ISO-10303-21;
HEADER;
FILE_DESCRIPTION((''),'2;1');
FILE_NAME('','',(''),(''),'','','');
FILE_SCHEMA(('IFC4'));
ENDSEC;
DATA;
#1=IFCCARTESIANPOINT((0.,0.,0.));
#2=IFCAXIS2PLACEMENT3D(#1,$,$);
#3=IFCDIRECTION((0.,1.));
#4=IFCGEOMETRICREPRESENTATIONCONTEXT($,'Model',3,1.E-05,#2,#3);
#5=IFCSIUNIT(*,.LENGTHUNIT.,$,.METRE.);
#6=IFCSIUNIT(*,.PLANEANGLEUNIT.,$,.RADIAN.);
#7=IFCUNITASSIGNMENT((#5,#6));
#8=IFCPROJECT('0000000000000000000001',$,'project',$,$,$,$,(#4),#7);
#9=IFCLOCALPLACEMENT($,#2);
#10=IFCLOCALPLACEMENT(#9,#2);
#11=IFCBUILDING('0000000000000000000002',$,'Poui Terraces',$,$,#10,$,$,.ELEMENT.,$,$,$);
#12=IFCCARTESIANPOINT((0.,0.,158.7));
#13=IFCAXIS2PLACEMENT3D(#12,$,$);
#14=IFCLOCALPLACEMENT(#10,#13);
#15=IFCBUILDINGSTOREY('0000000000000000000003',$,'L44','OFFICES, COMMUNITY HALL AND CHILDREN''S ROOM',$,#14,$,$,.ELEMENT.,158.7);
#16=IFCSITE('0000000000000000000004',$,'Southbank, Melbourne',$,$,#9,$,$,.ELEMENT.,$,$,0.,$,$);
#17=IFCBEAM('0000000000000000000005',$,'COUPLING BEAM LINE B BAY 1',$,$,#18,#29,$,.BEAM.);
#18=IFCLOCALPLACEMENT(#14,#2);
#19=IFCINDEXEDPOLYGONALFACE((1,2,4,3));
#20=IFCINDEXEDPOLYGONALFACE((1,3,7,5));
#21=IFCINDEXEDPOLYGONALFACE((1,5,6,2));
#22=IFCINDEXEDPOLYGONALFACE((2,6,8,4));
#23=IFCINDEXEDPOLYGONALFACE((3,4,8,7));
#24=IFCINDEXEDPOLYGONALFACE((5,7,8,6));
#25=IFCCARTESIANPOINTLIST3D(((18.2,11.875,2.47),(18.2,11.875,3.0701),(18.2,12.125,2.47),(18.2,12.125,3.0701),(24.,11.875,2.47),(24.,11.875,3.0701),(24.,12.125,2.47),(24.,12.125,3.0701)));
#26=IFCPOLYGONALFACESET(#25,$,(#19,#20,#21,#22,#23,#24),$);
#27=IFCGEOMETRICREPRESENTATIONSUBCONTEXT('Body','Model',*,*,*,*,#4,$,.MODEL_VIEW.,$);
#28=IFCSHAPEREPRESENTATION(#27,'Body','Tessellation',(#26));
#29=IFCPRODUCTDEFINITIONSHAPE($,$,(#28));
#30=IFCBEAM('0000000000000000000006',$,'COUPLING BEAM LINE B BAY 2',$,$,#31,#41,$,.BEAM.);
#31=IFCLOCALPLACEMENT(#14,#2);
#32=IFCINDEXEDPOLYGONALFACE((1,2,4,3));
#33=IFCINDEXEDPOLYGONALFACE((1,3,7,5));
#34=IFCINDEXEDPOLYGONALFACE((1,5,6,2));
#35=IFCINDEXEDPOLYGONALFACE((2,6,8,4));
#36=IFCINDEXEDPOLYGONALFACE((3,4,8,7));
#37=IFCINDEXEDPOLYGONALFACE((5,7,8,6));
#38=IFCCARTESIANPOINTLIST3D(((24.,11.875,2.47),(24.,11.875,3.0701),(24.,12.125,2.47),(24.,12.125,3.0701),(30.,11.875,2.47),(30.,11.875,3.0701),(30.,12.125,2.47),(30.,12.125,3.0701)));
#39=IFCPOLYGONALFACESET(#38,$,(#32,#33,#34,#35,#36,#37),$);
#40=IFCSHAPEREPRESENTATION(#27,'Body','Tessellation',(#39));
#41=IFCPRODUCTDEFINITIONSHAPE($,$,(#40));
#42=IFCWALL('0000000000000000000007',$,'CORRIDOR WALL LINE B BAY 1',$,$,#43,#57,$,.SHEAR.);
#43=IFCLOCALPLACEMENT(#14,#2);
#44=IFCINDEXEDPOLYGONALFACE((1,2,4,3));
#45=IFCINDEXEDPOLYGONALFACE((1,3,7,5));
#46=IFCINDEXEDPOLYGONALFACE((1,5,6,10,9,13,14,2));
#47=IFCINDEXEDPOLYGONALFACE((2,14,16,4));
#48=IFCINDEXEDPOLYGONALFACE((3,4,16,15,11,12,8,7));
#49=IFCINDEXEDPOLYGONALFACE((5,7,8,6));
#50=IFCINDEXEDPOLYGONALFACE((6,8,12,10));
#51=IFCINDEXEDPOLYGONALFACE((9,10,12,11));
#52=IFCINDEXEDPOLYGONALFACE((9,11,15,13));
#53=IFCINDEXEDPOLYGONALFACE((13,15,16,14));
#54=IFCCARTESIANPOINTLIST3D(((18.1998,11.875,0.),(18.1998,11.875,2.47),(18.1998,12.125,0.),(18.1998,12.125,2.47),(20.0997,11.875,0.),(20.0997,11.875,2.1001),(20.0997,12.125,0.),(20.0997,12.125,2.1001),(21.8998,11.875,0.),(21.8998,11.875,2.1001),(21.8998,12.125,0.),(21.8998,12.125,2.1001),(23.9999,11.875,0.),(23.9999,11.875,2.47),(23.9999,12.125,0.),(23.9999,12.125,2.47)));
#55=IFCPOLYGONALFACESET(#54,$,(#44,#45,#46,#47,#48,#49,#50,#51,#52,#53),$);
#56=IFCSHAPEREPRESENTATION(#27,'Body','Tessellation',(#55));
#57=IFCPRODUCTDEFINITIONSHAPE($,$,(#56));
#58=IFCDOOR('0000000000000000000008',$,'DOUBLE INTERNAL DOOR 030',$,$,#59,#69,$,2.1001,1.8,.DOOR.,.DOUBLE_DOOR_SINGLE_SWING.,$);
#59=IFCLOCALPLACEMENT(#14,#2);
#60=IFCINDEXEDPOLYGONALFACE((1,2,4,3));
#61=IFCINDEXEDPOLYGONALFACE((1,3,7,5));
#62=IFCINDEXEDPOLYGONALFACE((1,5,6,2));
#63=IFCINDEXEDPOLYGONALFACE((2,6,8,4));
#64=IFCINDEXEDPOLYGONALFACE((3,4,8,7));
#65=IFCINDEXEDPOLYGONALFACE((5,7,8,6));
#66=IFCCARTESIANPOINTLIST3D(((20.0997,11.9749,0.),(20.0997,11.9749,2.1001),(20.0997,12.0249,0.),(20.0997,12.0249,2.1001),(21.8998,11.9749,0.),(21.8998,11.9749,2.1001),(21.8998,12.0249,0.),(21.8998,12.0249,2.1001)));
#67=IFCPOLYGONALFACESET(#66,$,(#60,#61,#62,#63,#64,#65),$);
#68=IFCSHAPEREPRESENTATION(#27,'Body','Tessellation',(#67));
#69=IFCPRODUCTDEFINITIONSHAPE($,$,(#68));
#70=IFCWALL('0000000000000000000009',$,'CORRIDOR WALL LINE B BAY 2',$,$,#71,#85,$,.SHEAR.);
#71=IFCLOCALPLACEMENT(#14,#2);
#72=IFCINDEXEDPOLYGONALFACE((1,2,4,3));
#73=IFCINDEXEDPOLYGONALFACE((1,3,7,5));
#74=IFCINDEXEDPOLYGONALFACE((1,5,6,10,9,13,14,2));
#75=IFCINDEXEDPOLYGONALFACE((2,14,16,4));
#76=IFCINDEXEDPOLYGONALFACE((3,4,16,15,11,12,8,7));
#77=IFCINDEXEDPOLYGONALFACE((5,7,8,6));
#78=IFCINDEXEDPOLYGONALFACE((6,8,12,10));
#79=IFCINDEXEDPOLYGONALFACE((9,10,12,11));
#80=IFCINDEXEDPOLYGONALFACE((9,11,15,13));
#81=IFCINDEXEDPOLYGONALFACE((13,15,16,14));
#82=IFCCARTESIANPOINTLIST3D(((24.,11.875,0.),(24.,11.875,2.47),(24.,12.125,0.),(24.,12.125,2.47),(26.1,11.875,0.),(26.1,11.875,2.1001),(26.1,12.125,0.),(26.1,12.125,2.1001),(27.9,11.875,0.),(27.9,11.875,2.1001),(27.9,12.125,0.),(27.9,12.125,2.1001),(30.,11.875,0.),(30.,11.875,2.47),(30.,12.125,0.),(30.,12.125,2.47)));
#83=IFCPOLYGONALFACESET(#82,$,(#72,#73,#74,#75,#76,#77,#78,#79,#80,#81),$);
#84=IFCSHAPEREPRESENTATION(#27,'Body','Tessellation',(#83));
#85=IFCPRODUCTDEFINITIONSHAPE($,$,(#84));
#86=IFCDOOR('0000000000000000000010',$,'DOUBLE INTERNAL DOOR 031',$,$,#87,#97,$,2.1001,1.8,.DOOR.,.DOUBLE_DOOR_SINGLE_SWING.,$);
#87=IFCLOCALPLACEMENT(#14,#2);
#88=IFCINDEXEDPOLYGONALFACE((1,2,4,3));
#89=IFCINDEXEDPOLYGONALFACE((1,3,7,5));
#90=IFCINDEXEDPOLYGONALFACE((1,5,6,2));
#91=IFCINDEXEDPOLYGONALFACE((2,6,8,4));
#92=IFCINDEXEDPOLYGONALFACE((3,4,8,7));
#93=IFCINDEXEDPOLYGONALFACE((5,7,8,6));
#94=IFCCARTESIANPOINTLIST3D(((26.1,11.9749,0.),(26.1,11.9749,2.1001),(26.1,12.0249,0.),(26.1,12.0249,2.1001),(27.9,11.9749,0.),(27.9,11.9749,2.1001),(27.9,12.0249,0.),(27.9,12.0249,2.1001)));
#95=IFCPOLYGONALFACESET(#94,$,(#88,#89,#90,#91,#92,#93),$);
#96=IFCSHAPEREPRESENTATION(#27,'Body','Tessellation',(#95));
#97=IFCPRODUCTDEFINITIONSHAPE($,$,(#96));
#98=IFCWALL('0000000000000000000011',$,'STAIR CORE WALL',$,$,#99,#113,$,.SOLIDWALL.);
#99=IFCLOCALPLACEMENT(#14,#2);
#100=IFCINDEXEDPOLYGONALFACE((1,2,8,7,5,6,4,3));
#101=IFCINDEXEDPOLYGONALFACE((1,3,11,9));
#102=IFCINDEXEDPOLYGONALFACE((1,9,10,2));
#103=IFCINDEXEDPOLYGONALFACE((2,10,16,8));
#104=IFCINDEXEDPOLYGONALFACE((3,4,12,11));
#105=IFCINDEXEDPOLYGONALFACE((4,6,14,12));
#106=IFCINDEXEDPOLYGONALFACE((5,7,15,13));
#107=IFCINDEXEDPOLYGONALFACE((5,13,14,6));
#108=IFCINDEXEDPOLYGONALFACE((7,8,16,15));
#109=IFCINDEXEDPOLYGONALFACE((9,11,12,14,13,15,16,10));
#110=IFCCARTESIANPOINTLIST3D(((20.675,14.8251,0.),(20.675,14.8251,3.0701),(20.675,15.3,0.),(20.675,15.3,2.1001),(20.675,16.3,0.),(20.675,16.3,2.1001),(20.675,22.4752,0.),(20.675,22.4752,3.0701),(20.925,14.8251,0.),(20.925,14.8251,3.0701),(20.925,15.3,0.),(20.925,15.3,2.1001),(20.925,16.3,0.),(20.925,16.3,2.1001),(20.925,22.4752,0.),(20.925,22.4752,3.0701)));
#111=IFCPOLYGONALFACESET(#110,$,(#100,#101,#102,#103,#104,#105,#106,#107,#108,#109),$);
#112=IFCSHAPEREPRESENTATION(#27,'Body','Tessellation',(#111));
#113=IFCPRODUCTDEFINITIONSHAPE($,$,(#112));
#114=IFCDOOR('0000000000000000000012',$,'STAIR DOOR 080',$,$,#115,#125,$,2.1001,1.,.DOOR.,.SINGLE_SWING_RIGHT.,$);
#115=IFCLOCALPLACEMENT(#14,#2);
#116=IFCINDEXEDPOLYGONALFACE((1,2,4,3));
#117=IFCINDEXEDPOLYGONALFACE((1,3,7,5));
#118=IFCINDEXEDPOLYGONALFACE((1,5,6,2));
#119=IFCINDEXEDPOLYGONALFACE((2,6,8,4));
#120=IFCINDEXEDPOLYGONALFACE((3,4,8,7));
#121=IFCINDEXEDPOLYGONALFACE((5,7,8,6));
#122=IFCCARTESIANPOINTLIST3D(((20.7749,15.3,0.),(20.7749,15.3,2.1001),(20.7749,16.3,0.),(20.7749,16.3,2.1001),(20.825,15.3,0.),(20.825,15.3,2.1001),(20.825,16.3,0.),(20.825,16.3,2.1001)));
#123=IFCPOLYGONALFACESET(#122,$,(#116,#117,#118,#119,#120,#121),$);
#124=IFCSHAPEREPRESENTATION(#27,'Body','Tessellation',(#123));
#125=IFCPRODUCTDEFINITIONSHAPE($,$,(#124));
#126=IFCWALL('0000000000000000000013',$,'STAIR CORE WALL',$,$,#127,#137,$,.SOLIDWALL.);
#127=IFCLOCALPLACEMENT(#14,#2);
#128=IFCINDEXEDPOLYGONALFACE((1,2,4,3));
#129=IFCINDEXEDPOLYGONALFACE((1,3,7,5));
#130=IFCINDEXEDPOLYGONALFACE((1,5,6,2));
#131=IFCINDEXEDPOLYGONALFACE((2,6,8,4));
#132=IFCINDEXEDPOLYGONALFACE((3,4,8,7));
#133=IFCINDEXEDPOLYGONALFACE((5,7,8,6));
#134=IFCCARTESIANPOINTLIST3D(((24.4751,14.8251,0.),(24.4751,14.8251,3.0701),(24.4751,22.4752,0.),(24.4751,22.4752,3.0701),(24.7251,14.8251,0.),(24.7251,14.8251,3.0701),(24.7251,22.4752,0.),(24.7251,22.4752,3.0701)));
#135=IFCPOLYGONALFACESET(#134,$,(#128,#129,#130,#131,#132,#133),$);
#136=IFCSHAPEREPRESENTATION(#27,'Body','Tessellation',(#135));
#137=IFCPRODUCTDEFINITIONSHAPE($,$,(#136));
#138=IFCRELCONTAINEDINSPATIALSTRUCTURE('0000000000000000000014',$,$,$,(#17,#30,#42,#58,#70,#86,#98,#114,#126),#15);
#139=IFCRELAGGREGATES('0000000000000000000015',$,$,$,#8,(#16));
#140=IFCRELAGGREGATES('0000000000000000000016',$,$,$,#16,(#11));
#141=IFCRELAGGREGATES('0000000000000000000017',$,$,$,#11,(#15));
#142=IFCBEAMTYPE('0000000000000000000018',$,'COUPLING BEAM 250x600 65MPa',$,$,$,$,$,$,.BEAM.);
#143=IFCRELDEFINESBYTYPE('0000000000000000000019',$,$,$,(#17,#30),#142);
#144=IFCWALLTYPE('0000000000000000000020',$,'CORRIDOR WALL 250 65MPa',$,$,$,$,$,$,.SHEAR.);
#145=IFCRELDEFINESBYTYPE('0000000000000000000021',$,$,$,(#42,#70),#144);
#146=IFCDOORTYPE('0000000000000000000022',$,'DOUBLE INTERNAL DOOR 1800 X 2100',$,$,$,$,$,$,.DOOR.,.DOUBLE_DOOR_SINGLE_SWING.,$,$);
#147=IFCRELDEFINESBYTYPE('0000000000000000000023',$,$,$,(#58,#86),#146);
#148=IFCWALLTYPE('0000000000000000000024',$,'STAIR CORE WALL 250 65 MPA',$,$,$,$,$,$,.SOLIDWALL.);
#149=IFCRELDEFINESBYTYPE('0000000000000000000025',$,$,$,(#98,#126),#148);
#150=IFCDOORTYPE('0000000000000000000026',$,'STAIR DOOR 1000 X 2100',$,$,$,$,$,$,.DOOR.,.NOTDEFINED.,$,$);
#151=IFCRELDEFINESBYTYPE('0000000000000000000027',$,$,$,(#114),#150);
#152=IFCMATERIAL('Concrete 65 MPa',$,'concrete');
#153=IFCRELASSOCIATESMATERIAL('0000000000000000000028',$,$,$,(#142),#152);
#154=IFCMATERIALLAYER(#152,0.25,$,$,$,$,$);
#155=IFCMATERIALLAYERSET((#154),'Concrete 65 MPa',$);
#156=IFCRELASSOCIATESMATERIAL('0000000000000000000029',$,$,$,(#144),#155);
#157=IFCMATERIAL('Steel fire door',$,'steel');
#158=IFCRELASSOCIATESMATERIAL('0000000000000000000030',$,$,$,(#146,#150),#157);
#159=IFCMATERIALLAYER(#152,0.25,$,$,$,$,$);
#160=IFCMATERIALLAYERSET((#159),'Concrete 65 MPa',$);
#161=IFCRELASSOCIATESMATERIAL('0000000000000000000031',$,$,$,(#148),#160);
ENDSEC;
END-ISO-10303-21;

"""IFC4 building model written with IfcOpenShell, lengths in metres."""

from ifc_helpers import new_model, si_unit, direction, frame, frame_2d, origin, origin_2d, place, context, subcontext, project, spatial, rectangle, extrude, source, transform, mapped, material, layer, layer_set, material_profile, profile_set, type_object, element, fill, save


model = new_model("IFC4")

# Units and contexts
model_context = context("Model", 3, precision=1e-05, world=origin(), true_north=direction((0.0, 1.0)))
body_context = subcontext(model_context, "Body", "Model", "MODEL_VIEW")
ifc_project = project(units=[si_unit("LENGTHUNIT", "METRE"), si_unit("PLANEANGLEUNIT", "RADIAN")], contexts=[model_context])

# Site, building, storey
site_placement = place(None, origin())
site = spatial("IfcSite", under=ifc_project, at=site_placement, Name="Southbank, Melbourne", CompositionType="ELEMENT", RefElevation=0.0)
building_placement = place(site_placement, origin())
building = spatial("IfcBuilding", under=site, at=building_placement, Name="Poui Terraces", CompositionType="ELEMENT")
storey_placement = place(building_placement, frame((0.0, 0.0, 158.7)))
storey = spatial("IfcBuildingStorey", under=building, at=storey_placement, Name="L44", Description="OFFICES, COMMUNITY HALL AND CHILDREN'S ROOM", CompositionType="ELEMENT", Elevation=158.7)

# Beams
ifc_material_1 = material(Name="Concrete 65 MPa", Category="concrete")
ifc_material_profile = material_profile(ifc_material_1, rectangle(XDim=0.25, YDim=0.6001, at=origin_2d()), Name="RC 250x600")
ifc_profile_set = profile_set([ifc_material_profile], Name="Concrete 65 MPa")
beam_type = type_object("IfcBeamType", Name="COUPLING BEAM 250x600 65MPa", PredefinedType="BEAM", material=ifc_profile_set)
shared_shape_1 = source(origin(), body_context, "Body", "SweptSolid", [
    extrude(rectangle(XDim=0.25, YDim=0.6001, at=origin_2d()), origin(), (0.0, 0.0, 1.0), 5.8),
])
beam_1_placement = place(storey_placement, frame((18.2, 12.0, 2.77), z_axis=(1.0, 0.0, 0.0), x_axis=(0.0, 1.0, 0.0)))
element("IfcBeam", 1, at=beam_1_placement, inside=storey, type_object=beam_type, Name="COUPLING BEAM LINE B BAY 1", PredefinedType="BEAM", context=body_context, shape_type="MappedRepresentation", body=[
    mapped(shared_shape_1, transform((0.0, 0.0, 0.0))),
])
shared_shape_2 = source(origin(), body_context, "Body", "SweptSolid", [
    extrude(rectangle(XDim=0.25, YDim=0.6001, at=origin_2d()), origin(), (0.0, 0.0, 1.0), 6.0),
])
beam_2_placement = place(storey_placement, frame((24.0, 12.0, 2.77), z_axis=(1.0, 0.0, 0.0), x_axis=(0.0, 1.0, 0.0)))
element("IfcBeam", 2, at=beam_2_placement, inside=storey, type_object=beam_type, Name="COUPLING BEAM LINE B BAY 2", PredefinedType="BEAM", context=body_context, shape_type="MappedRepresentation", body=[
    mapped(shared_shape_2, transform((0.0, 0.0, 0.0))),
])

# Walls, openings, doors
ifc_layer_1 = layer(ifc_material_1, 0.25)
ifc_layer_set_1 = layer_set([ifc_layer_1], Name="Concrete 65 MPa")
wall_type_1 = type_object("IfcWallType", Name="CORRIDOR WALL 250 65MPa", PredefinedType="SHEAR", material=ifc_layer_set_1)
wall_1_placement = place(storey_placement, frame((18.2, 12.0, 0.0), z_axis=(0.0, 0.0, 1.0), x_axis=(1.0, 0.0, 0.0)))
wall_1 = element("IfcWall", 3, at=wall_1_placement, inside=storey, type_object=wall_type_1, Name="CORRIDOR WALL LINE B BAY 1", PredefinedType="SHEAR", context=body_context, shape_type="SweptSolid", body=[
    extrude(rectangle(XDim=5.8, YDim=0.25, at=frame_2d((2.8999, 0.0))), origin(), (0.0, 0.0, 1.0), 2.47),
])
opening_1_placement = place(wall_1_placement, frame((1.8999, 0.0, 0.0)))
opening_1 = element("IfcOpeningElement", 4, at=opening_1_placement, cuts=wall_1, PredefinedType="OPENING", context=body_context, shape_type="SweptSolid", body=[
    extrude(rectangle(XDim=1.8, YDim=2.1001, at=frame_2d((0.8999, 1.05))), frame((0.0, 0.135, 0.0), z_axis=(0.0, -1.0, 0.0), x_axis=(1.0, 0.0, 0.0)), (0.0, 0.0, 1.0), 0.27),
])
ifc_material_2 = material(Name="Steel fire door", Category="steel")
door_type_1 = type_object("IfcDoorType", Name="DOUBLE INTERNAL DOOR 1800 X 2100", OperationType="DOUBLE_DOOR_SINGLE_SWING", PredefinedType="DOOR", material=ifc_material_2)
door_1_placement = place(opening_1_placement, origin())
door_1 = element("IfcDoor", 5, at=door_1_placement, inside=storey, type_object=door_type_1, Name="DOUBLE INTERNAL DOOR 030", OperationType="DOUBLE_DOOR_SINGLE_SWING", OverallHeight=2.1001, OverallWidth=1.8, PredefinedType="DOOR", context=body_context, shape_type="SweptSolid", body=[
    extrude(rectangle(XDim=1.8, YDim=2.1001, at=frame_2d((0.8999, 1.05))), frame((0.0, 0.0249, 0.0), z_axis=(0.0, -1.0, 0.0), x_axis=(1.0, 0.0, 0.0)), (0.0, 0.0, 1.0), 0.05),
])
fill(opening_1, door_1)
wall_2_placement = place(storey_placement, frame((24.0, 12.0, 0.0), z_axis=(0.0, 0.0, 1.0), x_axis=(1.0, 0.0, 0.0)))
wall_2 = element("IfcWall", 6, at=wall_2_placement, inside=storey, type_object=wall_type_1, Name="CORRIDOR WALL LINE B BAY 2", PredefinedType="SHEAR", context=body_context, shape_type="SweptSolid", body=[
    extrude(rectangle(XDim=6.0, YDim=0.25, at=frame_2d((3.0, 0.0))), origin(), (0.0, 0.0, 1.0), 2.47),
])
opening_2_placement = place(wall_2_placement, frame((2.1001, 0.0, 0.0)))
opening_2 = element("IfcOpeningElement", 7, at=opening_2_placement, cuts=wall_2, PredefinedType="OPENING", context=body_context, shape_type="SweptSolid", body=[
    extrude(rectangle(XDim=1.8, YDim=2.1001, at=frame_2d((0.8999, 1.05))), frame((0.0, 0.135, 0.0), z_axis=(0.0, -1.0, 0.0), x_axis=(1.0, 0.0, 0.0)), (0.0, 0.0, 1.0), 0.27),
])
door_2_placement = place(opening_2_placement, origin())
door_2 = element("IfcDoor", 8, at=door_2_placement, inside=storey, type_object=door_type_1, Name="DOUBLE INTERNAL DOOR 031", OperationType="DOUBLE_DOOR_SINGLE_SWING", OverallHeight=2.1001, OverallWidth=1.8, PredefinedType="DOOR", context=body_context, shape_type="SweptSolid", body=[
    extrude(rectangle(XDim=1.8, YDim=2.1001, at=frame_2d((0.8999, 1.05))), frame((0.0, 0.0249, 0.0), z_axis=(0.0, -1.0, 0.0), x_axis=(1.0, 0.0, 0.0)), (0.0, 0.0, 1.0), 0.05),
])
fill(opening_2, door_2)

# Shared definitions
door_type_2 = type_object("IfcDoorType", Name="STAIR DOOR 1000 X 2100", OperationType="NOTDEFINED", PredefinedType="DOOR", material=ifc_material_2)

# Wall, opening, door
ifc_layer_2 = layer(ifc_material_1, 0.25)
ifc_layer_set_2 = layer_set([ifc_layer_2], Name="Concrete 65 MPa")
wall_type_2 = type_object("IfcWallType", Name="STAIR CORE WALL 250 65 MPA", PredefinedType="SOLIDWALL", material=ifc_layer_set_2)
wall_3_placement = place(storey_placement, frame((20.8, 14.825, 0.0), z_axis=(0.0, 0.0, 1.0), x_axis=(0.0, 1.0, 0.0)))
wall_3 = element("IfcWall", 9, at=wall_3_placement, inside=storey, type_object=wall_type_2, Name="STAIR CORE WALL", PredefinedType="SOLIDWALL", context=body_context, shape_type="SweptSolid", body=[
    extrude(rectangle(XDim=7.6501, YDim=0.25, at=frame_2d((3.8252, 0.0))), origin(), (0.0, 0.0, 1.0), 3.0701),
])
opening_3_placement = place(wall_3_placement, frame((0.4751, 0.0, 0.0)))
opening_3 = element("IfcOpeningElement", 10, at=opening_3_placement, cuts=wall_3, PredefinedType="OPENING", context=body_context, shape_type="SweptSolid", body=[
    extrude(rectangle(XDim=1.0, YDim=2.1001, at=frame_2d((0.5, 1.05))), frame((0.0, 0.135, 0.0), z_axis=(0.0, -1.0, 0.0), x_axis=(1.0, 0.0, 0.0)), (0.0, 0.0, 1.0), 0.27),
])
door_3_placement = place(opening_3_placement, frame((1.0, 0.0, 0.0), z_axis=(0.0, 0.0, 1.0), x_axis=(-1.0, 0.0, 0.0)))
door_3 = element("IfcDoor", 11, at=door_3_placement, inside=storey, type_object=door_type_2, Name="STAIR DOOR 080", OperationType="SINGLE_SWING_RIGHT", OverallHeight=2.1001, OverallWidth=1.0, PredefinedType="DOOR", context=body_context, shape_type="SweptSolid", body=[
    extrude(rectangle(XDim=1.0, YDim=2.1001, at=frame_2d((0.5, 1.05))), frame((0.0, 0.0249, 0.0), z_axis=(0.0, -1.0, 0.0), x_axis=(1.0, 0.0, 0.0)), (0.0, 0.0, 1.0), 0.05),
])
fill(opening_3, door_3)

# Wall
wall_4_placement = place(storey_placement, frame((24.6001, 14.825, 0.0), z_axis=(0.0, 0.0, 1.0), x_axis=(0.0, 1.0, 0.0)))
element("IfcWall", 12, at=wall_4_placement, inside=storey, type_object=wall_type_2, Name="STAIR CORE WALL", PredefinedType="SOLIDWALL", context=body_context, shape_type="SweptSolid", body=[
    extrude(rectangle(XDim=7.6501, YDim=0.25, at=frame_2d((3.8252, 0.0))), origin(), (0.0, 0.0, 1.0), 3.0701),
])

save(model, "model.ifc")
